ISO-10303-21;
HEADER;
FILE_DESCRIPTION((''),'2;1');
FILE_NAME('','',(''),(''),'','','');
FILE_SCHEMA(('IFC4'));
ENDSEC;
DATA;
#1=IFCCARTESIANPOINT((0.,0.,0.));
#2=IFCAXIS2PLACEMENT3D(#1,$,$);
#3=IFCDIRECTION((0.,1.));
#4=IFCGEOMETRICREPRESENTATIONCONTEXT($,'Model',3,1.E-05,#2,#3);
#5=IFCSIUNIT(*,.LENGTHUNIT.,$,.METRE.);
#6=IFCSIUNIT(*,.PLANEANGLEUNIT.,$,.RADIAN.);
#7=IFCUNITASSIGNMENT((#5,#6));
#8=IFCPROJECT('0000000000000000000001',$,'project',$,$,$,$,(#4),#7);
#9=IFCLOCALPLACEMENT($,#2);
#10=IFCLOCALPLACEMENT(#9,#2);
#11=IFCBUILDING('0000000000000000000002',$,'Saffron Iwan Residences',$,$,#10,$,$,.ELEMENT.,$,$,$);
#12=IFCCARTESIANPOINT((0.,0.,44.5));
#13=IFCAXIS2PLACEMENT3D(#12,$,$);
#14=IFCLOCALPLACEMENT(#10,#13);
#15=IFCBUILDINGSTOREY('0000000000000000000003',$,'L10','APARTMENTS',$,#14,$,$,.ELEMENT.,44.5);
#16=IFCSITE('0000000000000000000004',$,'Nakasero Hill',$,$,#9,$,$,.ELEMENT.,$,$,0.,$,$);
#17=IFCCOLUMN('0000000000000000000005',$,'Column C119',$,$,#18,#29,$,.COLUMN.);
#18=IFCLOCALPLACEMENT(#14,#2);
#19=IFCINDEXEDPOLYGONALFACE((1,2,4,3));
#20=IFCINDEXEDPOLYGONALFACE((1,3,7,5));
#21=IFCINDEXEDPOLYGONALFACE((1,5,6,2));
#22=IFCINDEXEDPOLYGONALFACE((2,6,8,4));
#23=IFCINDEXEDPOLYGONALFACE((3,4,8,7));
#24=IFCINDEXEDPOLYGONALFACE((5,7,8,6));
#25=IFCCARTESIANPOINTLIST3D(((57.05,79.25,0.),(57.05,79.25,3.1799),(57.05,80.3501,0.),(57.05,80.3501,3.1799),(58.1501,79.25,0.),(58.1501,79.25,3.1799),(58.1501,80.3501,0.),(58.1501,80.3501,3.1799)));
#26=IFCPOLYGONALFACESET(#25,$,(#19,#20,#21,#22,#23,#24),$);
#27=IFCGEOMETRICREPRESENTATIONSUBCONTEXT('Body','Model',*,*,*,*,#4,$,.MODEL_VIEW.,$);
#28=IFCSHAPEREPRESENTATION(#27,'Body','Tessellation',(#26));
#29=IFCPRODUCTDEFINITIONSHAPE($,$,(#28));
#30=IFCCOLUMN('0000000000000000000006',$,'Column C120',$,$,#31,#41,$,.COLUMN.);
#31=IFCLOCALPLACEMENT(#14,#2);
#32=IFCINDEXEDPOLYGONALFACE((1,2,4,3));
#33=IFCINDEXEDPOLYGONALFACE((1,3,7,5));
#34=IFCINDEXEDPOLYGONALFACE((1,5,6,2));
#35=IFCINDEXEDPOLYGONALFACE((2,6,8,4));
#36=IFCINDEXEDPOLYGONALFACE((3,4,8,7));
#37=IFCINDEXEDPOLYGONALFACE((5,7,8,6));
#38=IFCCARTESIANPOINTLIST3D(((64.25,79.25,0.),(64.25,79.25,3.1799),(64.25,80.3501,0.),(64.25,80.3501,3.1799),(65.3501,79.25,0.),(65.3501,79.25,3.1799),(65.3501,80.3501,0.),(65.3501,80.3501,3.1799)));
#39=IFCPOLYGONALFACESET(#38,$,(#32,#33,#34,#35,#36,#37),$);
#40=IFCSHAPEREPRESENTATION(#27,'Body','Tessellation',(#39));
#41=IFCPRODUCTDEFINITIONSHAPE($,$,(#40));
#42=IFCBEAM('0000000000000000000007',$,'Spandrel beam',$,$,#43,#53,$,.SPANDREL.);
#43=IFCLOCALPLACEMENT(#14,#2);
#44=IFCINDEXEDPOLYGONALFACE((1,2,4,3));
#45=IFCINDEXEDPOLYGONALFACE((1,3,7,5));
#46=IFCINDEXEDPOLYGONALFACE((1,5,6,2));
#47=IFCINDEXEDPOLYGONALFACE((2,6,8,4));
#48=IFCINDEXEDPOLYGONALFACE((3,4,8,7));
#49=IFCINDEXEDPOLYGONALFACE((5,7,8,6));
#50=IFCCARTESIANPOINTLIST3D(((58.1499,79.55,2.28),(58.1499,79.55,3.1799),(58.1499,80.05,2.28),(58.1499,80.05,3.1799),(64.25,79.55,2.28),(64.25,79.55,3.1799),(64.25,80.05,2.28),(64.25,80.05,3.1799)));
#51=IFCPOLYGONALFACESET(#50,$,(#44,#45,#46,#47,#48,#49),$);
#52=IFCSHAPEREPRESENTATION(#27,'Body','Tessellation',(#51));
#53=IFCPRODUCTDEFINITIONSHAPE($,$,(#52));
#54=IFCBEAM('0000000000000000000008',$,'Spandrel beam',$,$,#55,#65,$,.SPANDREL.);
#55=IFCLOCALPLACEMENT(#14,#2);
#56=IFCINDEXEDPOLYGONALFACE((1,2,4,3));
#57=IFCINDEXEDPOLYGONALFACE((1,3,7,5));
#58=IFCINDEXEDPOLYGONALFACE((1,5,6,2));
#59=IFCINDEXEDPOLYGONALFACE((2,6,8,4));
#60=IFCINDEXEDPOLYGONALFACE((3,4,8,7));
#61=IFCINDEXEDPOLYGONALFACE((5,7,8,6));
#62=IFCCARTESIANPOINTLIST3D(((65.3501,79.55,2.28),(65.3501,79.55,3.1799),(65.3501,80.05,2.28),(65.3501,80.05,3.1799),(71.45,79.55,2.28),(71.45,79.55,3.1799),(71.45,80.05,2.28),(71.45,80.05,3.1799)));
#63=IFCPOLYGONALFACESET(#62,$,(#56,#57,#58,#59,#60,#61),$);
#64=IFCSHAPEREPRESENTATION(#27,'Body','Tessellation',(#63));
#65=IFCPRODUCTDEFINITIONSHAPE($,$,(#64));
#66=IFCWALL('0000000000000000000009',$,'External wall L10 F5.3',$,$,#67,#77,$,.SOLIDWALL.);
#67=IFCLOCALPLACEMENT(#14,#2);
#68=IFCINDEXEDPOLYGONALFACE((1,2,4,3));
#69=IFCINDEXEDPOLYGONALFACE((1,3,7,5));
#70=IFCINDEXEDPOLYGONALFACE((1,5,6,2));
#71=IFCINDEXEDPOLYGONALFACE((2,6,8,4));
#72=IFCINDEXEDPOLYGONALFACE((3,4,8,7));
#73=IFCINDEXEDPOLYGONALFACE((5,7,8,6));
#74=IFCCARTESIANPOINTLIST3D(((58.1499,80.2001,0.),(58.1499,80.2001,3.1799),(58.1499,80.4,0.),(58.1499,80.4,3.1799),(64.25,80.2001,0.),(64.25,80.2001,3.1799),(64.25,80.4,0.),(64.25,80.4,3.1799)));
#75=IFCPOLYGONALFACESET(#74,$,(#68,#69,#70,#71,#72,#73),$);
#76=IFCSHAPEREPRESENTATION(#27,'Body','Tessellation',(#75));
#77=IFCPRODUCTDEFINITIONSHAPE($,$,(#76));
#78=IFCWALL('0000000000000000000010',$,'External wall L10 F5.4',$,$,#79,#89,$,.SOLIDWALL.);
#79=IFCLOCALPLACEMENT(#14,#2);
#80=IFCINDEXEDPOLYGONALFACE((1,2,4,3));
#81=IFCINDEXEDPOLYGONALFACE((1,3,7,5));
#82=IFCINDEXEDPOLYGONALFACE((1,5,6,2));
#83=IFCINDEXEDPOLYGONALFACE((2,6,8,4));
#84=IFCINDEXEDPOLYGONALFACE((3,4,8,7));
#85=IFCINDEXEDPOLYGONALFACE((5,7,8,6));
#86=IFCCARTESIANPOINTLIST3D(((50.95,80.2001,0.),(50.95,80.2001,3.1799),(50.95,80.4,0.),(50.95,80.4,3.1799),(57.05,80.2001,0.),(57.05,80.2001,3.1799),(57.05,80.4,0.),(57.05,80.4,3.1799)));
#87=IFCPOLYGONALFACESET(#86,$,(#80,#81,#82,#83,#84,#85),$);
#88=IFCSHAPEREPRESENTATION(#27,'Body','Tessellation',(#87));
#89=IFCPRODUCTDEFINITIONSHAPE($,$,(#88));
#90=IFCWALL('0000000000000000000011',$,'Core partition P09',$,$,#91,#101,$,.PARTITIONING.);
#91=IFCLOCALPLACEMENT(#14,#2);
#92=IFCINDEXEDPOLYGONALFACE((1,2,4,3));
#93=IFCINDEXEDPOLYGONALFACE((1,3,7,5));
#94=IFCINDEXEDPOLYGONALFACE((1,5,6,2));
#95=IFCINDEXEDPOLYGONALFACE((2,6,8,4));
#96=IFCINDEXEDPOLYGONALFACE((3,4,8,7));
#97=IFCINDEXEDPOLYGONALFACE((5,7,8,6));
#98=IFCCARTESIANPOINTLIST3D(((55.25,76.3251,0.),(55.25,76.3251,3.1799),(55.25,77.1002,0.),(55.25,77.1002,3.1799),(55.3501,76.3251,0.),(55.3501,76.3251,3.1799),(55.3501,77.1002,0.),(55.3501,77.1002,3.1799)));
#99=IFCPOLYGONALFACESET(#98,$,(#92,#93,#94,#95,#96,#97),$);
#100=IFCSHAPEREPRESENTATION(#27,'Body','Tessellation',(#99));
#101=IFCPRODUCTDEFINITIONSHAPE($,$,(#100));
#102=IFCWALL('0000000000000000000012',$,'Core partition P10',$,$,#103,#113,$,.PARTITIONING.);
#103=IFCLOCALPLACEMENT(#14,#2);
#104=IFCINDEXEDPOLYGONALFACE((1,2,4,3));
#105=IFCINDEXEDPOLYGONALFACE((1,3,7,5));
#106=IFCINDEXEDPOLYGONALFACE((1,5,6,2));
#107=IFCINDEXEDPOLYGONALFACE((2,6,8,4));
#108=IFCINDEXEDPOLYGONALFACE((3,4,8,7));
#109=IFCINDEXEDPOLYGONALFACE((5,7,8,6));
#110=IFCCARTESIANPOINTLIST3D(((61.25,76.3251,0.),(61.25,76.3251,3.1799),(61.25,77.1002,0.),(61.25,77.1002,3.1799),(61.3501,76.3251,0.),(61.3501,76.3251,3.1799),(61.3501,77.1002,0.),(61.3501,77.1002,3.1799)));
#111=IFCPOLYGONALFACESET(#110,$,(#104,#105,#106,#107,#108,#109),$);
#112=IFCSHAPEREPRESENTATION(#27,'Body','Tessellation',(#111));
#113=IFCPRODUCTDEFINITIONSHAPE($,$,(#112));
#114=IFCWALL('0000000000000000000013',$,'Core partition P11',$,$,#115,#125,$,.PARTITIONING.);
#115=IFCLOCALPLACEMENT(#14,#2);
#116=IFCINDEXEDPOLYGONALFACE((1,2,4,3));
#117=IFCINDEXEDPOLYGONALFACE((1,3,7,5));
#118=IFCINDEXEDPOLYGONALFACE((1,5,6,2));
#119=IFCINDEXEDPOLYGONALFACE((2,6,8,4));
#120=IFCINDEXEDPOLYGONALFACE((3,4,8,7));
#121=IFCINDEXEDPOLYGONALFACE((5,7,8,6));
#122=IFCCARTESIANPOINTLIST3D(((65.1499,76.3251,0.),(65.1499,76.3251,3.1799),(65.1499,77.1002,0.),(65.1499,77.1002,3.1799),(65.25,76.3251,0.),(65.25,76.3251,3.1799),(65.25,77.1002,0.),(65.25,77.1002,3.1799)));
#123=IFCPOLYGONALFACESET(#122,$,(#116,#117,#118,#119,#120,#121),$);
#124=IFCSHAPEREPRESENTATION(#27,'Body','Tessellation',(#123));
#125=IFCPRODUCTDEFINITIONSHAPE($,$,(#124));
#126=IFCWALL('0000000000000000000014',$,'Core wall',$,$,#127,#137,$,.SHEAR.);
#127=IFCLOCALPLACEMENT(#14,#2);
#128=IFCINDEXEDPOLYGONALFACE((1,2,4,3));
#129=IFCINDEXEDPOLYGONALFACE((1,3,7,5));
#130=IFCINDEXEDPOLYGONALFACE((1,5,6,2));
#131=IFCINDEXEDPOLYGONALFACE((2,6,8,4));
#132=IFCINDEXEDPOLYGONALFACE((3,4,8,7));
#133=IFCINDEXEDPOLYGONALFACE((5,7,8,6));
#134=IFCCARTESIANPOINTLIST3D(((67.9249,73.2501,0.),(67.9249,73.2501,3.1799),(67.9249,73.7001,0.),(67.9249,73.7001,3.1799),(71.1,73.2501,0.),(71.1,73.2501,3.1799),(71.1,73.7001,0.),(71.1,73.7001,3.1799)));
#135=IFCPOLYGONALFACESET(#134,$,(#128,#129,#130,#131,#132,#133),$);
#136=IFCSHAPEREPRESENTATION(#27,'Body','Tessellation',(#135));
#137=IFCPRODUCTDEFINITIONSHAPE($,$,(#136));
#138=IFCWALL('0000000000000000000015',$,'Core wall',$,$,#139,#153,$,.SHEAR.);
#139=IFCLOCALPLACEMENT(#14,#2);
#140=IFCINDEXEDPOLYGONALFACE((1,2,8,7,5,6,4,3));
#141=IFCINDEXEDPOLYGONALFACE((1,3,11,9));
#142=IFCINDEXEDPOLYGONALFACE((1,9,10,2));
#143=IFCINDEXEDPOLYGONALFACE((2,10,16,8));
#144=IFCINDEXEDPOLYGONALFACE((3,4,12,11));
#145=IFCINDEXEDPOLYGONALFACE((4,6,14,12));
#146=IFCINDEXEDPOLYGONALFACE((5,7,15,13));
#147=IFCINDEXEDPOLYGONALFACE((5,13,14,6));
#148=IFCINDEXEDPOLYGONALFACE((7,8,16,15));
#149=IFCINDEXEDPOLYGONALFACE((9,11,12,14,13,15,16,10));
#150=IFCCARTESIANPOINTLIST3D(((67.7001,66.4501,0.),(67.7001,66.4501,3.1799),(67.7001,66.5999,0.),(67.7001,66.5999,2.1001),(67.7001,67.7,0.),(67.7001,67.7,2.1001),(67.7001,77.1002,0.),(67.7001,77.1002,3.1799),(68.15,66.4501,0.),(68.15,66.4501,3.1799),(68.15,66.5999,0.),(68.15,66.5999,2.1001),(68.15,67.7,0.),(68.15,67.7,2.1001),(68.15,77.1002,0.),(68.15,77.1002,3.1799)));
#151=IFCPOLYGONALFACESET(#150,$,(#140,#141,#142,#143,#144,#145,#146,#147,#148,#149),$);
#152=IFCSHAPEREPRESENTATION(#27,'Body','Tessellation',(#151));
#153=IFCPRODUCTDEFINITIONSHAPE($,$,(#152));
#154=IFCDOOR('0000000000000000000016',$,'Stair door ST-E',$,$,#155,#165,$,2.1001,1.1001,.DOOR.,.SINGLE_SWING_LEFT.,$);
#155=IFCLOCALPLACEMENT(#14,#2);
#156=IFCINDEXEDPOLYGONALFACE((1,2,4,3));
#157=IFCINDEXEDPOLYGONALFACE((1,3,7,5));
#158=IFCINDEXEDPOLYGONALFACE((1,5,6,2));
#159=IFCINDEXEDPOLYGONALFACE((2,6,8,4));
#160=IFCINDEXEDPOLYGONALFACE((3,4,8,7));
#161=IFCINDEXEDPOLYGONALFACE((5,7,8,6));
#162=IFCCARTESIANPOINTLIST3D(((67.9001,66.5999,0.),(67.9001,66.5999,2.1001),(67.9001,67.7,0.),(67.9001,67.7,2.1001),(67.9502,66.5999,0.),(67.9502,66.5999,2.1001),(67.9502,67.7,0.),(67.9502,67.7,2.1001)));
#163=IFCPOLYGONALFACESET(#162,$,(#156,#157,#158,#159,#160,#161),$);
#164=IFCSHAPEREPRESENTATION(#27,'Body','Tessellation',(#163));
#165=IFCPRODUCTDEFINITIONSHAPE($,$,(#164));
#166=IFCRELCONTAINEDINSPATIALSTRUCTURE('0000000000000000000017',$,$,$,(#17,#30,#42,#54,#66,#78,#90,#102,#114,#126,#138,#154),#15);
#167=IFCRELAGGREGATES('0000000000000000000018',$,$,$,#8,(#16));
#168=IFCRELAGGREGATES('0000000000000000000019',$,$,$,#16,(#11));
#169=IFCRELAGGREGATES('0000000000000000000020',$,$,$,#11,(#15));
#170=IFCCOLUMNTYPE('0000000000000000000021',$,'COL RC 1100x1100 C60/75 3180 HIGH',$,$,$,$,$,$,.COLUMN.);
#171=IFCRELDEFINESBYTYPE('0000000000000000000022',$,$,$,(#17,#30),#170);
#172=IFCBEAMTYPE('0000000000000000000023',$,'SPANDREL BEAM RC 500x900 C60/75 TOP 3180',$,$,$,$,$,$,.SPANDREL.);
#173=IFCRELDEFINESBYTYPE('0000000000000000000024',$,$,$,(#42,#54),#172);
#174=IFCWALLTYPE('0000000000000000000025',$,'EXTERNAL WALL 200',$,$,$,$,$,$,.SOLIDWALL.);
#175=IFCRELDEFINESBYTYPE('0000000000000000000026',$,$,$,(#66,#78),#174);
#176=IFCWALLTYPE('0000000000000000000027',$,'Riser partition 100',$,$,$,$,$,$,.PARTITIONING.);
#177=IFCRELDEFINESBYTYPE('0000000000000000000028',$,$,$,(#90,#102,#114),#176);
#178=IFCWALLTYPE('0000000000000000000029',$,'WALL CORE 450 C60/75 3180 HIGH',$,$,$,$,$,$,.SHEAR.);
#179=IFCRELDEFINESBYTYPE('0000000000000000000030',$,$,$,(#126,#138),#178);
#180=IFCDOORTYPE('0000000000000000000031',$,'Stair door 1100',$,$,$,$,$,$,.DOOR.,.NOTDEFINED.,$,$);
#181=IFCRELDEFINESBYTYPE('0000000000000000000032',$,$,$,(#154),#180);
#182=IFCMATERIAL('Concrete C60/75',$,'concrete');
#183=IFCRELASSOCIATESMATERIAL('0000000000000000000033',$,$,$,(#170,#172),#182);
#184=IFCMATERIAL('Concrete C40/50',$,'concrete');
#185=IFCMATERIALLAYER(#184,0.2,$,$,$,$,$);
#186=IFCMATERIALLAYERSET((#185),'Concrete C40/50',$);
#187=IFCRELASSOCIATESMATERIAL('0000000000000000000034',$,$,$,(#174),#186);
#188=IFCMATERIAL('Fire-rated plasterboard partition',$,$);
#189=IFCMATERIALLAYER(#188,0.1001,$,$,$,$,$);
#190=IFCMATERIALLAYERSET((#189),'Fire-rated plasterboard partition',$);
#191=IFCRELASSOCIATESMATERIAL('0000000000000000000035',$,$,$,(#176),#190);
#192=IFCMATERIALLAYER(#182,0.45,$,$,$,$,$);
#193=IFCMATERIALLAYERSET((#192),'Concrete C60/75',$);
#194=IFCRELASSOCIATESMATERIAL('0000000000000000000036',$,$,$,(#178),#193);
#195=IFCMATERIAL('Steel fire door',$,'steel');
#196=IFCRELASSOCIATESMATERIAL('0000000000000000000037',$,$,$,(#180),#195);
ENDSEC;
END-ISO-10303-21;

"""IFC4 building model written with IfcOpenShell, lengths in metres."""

from ifc_helpers import new_model, si_unit, direction, frame, frame_2d, origin, origin_2d, place, context, subcontext, project, spatial, rectangle, extrude, source, transform, mapped, material, layer, layer_set, material_profile, profile_set, type_object, element, fill, save


model = new_model("IFC4")

# Units and contexts
model_context = context("Model", 3, precision=1e-05, world=origin(), true_north=direction((0.0, 1.0)))
body_context = subcontext(model_context, "Body", "Model", "MODEL_VIEW")
ifc_project = project(units=[si_unit("LENGTHUNIT", "METRE"), si_unit("PLANEANGLEUNIT", "RADIAN")], contexts=[model_context])

# Site, building, storey
site_placement = place(None, origin())
site = spatial("IfcSite", under=ifc_project, at=site_placement, Name="Nakasero Hill", CompositionType="ELEMENT", RefElevation=0.0)
building_placement = place(site_placement, origin())
building = spatial("IfcBuilding", under=site, at=building_placement, Name="Saffron Iwan Residences", CompositionType="ELEMENT")
storey_placement = place(building_placement, frame((0.0, 0.0, 44.5)))
storey = spatial("IfcBuildingStorey", under=building, at=storey_placement, Name="L10", Description="APARTMENTS", CompositionType="ELEMENT", Elevation=44.5)

# Columns
ifc_material_1 = material(Name="Concrete C60/75", Category="concrete")
ifc_material_profile_1 = material_profile(ifc_material_1, rectangle(XDim=1.1001, YDim=1.1001, at=origin_2d()), Name="RC 1100x1100")
ifc_profile_set_1 = profile_set([ifc_material_profile_1], Name="Concrete C60/75")
column_type = type_object("IfcColumnType", Name="COL RC 1100x1100 C60/75 3180 HIGH", PredefinedType="COLUMN", material=ifc_profile_set_1)
shared_shape_1 = source(origin(), body_context, "Body", "SweptSolid", [
    extrude(rectangle(XDim=1.1001, YDim=1.1001, at=origin_2d()), origin(), (0.0, 0.0, 1.0), 3.1799),
])
for number, where, z_axis, x_axis, name in (
    (1, (57.6001, 79.8, 0.0), (0.0, 0.0, 1.0), (1.0, 0.0, 0.0), "Column C119"),
    (2, (64.8, 79.8, 0.0), (0.0, 0.0, 1.0), (1.0, 0.0, 0.0), "Column C120"),
):
    element("IfcColumn", number, at=place(storey_placement, frame(where, z_axis=z_axis, x_axis=x_axis)), inside=storey, type_object=column_type, Name=name, PredefinedType="COLUMN", context=body_context, shape_type="MappedRepresentation", body=[
        mapped(shared_shape_1, transform((0.0, 0.0, 0.0))),
    ])

# Beams
ifc_material_profile_2 = material_profile(ifc_material_1, rectangle(XDim=0.5, YDim=0.8999, at=origin_2d()), Name="RC 500x900")
ifc_profile_set_2 = profile_set([ifc_material_profile_2], Name="Concrete C60/75")
beam_type = type_object("IfcBeamType", Name="SPANDREL BEAM RC 500x900 C60/75 TOP 3180", PredefinedType="SPANDREL", material=ifc_profile_set_2)
shared_shape_2 = source(origin(), body_context, "Body", "SweptSolid", [
    extrude(rectangle(XDim=0.5, YDim=0.8999, at=origin_2d()), origin(), (0.0, 0.0, 1.0), 6.1001),
])
beam_1_placement = place(storey_placement, frame((58.1499, 79.8, 2.73), z_axis=(1.0, 0.0, 0.0), x_axis=(0.0, 1.0, 0.0)))
element("IfcBeam", 3, at=beam_1_placement, inside=storey, type_object=beam_type, Name="Spandrel beam", PredefinedType="SPANDREL", context=body_context, shape_type="MappedRepresentation", body=[
    mapped(shared_shape_2, transform((0.0, 0.0, 0.0))),
])
shared_shape_3 = source(origin(), body_context, "Body", "SweptSolid", [
    extrude(rectangle(XDim=0.5, YDim=0.8999, at=origin_2d()), origin(), (0.0, 0.0, 1.0), 6.0999),
])
beam_2_placement = place(storey_placement, frame((65.3501, 79.8, 2.73), z_axis=(1.0, 0.0, 0.0), x_axis=(0.0, 1.0, 0.0)))
element("IfcBeam", 4, at=beam_2_placement, inside=storey, type_object=beam_type, Name="Spandrel beam", PredefinedType="SPANDREL", context=body_context, shape_type="MappedRepresentation", body=[
    mapped(shared_shape_3, transform((0.0, 0.0, 0.0))),
])

# Walls
ifc_material_2 = material(Name="Concrete C40/50", Category="concrete")
ifc_layer_1 = layer(ifc_material_2, 0.2)
ifc_layer_set_1 = layer_set([ifc_layer_1], Name="Concrete C40/50")
wall_type_1 = type_object("IfcWallType", Name="EXTERNAL WALL 200", PredefinedType="SOLIDWALL", material=ifc_layer_set_1)
for number, where, z_axis, x_axis, name in (
    (5, (64.25, 80.3, 0.0), (0.0, 0.0, 1.0), (-1.0, 0.0, 0.0), "External wall L10 F5.3"),
    (6, (57.05, 80.3, 0.0), (0.0, 0.0, 1.0), (-1.0, 0.0, 0.0), "External wall L10 F5.4"),
):
    element("IfcWall", number, at=place(storey_placement, frame(where, z_axis=z_axis, x_axis=x_axis)), inside=storey, type_object=wall_type_1, Name=name, PredefinedType="SOLIDWALL", context=body_context, shape_type="SweptSolid", body=[
        extrude(rectangle(XDim=6.1001, YDim=0.2, at=frame_2d((3.05, 0.0))), origin(), (0.0, 0.0, 1.0), 3.1799),
    ])
ifc_material_3 = material(Name="Fire-rated plasterboard partition")
ifc_layer_2 = layer(ifc_material_3, 0.1001)
ifc_layer_set_2 = layer_set([ifc_layer_2], Name="Fire-rated plasterboard partition")
wall_type_2 = type_object("IfcWallType", Name="Riser partition 100", PredefinedType="PARTITIONING", material=ifc_layer_set_2)
for number, where, z_axis, x_axis, name in (
    (7, (55.3, 76.325, 0.0), (0.0, 0.0, 1.0), (0.0, 1.0, 0.0), "Core partition P09"),
    (8, (61.3, 76.325, 0.0), (0.0, 0.0, 1.0), (0.0, 1.0, 0.0), "Core partition P10"),
    (9, (65.2, 76.325, 0.0), (0.0, 0.0, 1.0), (0.0, 1.0, 0.0), "Core partition P11"),
):
    element("IfcWall", number, at=place(storey_placement, frame(where, z_axis=z_axis, x_axis=x_axis)), inside=storey, type_object=wall_type_2, Name=name, PredefinedType="PARTITIONING", context=body_context, shape_type="SweptSolid", body=[
        extrude(rectangle(XDim=0.7751, YDim=0.1001, at=frame_2d((0.3877, 0.0))), origin(), (0.0, 0.0, 1.0), 3.1799),
    ])
ifc_layer_3 = layer(ifc_material_1, 0.45)
ifc_layer_set_3 = layer_set([ifc_layer_3], Name="Concrete C60/75")
wall_type_3 = type_object("IfcWallType", Name="WALL CORE 450 C60/75 3180 HIGH", PredefinedType="SHEAR", material=ifc_layer_set_3)
wall_1_placement = place(storey_placement, frame((67.925, 73.4751, 0.0), z_axis=(0.0, 0.0, 1.0), x_axis=(1.0, 0.0, 0.0)))
element("IfcWall", 10, at=wall_1_placement, inside=storey, type_object=wall_type_3, Name="Core wall", PredefinedType="SHEAR", context=body_context, shape_type="SweptSolid", body=[
    extrude(rectangle(XDim=3.175, YDim=0.45, at=frame_2d((1.5874, 0.0))), origin(), (0.0, 0.0, 1.0), 3.1799),
])

# Wall, opening, door
wall_2_placement = place(storey_placement, frame((67.925, 66.45, 0.0), z_axis=(0.0, 0.0, 1.0), x_axis=(0.0, 1.0, 0.0)))
wall_2 = element("IfcWall", 11, at=wall_2_placement, inside=storey, type_object=wall_type_3, Name="Core wall", PredefinedType="SHEAR", context=body_context, shape_type="SweptSolid", body=[
    extrude(rectangle(XDim=10.6501, YDim=0.45, at=frame_2d((5.3252, 0.0))), origin(), (0.0, 0.0, 1.0), 3.1799),
])
opening_1_placement = place(wall_2_placement, frame((0.1499, 0.0, 0.0)))
opening_1 = element("IfcOpeningElement", 12, at=opening_1_placement, cuts=wall_2, PredefinedType="OPENING", context=body_context, shape_type="SweptSolid", body=[
    extrude(rectangle(XDim=1.1001, YDim=2.1001, at=frame_2d((0.55, 1.05))), frame((0.0, 0.2349, 0.0), z_axis=(0.0, -1.0, 0.0), x_axis=(1.0, 0.0, 0.0)), (0.0, 0.0, 1.0), 0.47),
])
ifc_material_4 = material(Name="Steel fire door", Category="steel")
door_type_1 = type_object("IfcDoorType", Name="Stair door 1100", OperationType="NOTDEFINED", PredefinedType="DOOR", material=ifc_material_4)
door_1_placement = place(opening_1_placement, origin())
door_1 = element("IfcDoor", 13, at=door_1_placement, inside=storey, type_object=door_type_1, Name="Stair door ST-E", OperationType="SINGLE_SWING_LEFT", OverallHeight=2.1001, OverallWidth=1.1001, PredefinedType="DOOR", context=body_context, shape_type="SweptSolid", body=[
    extrude(rectangle(XDim=1.1001, YDim=2.1001, at=frame_2d((0.55, 1.05))), frame((0.0, 0.0249, 0.0), z_axis=(0.0, -1.0, 0.0), x_axis=(1.0, 0.0, 0.0)), (0.0, 0.0, 1.0), 0.05),
])
fill(opening_1, door_1)

save(model, "model.ifc")
